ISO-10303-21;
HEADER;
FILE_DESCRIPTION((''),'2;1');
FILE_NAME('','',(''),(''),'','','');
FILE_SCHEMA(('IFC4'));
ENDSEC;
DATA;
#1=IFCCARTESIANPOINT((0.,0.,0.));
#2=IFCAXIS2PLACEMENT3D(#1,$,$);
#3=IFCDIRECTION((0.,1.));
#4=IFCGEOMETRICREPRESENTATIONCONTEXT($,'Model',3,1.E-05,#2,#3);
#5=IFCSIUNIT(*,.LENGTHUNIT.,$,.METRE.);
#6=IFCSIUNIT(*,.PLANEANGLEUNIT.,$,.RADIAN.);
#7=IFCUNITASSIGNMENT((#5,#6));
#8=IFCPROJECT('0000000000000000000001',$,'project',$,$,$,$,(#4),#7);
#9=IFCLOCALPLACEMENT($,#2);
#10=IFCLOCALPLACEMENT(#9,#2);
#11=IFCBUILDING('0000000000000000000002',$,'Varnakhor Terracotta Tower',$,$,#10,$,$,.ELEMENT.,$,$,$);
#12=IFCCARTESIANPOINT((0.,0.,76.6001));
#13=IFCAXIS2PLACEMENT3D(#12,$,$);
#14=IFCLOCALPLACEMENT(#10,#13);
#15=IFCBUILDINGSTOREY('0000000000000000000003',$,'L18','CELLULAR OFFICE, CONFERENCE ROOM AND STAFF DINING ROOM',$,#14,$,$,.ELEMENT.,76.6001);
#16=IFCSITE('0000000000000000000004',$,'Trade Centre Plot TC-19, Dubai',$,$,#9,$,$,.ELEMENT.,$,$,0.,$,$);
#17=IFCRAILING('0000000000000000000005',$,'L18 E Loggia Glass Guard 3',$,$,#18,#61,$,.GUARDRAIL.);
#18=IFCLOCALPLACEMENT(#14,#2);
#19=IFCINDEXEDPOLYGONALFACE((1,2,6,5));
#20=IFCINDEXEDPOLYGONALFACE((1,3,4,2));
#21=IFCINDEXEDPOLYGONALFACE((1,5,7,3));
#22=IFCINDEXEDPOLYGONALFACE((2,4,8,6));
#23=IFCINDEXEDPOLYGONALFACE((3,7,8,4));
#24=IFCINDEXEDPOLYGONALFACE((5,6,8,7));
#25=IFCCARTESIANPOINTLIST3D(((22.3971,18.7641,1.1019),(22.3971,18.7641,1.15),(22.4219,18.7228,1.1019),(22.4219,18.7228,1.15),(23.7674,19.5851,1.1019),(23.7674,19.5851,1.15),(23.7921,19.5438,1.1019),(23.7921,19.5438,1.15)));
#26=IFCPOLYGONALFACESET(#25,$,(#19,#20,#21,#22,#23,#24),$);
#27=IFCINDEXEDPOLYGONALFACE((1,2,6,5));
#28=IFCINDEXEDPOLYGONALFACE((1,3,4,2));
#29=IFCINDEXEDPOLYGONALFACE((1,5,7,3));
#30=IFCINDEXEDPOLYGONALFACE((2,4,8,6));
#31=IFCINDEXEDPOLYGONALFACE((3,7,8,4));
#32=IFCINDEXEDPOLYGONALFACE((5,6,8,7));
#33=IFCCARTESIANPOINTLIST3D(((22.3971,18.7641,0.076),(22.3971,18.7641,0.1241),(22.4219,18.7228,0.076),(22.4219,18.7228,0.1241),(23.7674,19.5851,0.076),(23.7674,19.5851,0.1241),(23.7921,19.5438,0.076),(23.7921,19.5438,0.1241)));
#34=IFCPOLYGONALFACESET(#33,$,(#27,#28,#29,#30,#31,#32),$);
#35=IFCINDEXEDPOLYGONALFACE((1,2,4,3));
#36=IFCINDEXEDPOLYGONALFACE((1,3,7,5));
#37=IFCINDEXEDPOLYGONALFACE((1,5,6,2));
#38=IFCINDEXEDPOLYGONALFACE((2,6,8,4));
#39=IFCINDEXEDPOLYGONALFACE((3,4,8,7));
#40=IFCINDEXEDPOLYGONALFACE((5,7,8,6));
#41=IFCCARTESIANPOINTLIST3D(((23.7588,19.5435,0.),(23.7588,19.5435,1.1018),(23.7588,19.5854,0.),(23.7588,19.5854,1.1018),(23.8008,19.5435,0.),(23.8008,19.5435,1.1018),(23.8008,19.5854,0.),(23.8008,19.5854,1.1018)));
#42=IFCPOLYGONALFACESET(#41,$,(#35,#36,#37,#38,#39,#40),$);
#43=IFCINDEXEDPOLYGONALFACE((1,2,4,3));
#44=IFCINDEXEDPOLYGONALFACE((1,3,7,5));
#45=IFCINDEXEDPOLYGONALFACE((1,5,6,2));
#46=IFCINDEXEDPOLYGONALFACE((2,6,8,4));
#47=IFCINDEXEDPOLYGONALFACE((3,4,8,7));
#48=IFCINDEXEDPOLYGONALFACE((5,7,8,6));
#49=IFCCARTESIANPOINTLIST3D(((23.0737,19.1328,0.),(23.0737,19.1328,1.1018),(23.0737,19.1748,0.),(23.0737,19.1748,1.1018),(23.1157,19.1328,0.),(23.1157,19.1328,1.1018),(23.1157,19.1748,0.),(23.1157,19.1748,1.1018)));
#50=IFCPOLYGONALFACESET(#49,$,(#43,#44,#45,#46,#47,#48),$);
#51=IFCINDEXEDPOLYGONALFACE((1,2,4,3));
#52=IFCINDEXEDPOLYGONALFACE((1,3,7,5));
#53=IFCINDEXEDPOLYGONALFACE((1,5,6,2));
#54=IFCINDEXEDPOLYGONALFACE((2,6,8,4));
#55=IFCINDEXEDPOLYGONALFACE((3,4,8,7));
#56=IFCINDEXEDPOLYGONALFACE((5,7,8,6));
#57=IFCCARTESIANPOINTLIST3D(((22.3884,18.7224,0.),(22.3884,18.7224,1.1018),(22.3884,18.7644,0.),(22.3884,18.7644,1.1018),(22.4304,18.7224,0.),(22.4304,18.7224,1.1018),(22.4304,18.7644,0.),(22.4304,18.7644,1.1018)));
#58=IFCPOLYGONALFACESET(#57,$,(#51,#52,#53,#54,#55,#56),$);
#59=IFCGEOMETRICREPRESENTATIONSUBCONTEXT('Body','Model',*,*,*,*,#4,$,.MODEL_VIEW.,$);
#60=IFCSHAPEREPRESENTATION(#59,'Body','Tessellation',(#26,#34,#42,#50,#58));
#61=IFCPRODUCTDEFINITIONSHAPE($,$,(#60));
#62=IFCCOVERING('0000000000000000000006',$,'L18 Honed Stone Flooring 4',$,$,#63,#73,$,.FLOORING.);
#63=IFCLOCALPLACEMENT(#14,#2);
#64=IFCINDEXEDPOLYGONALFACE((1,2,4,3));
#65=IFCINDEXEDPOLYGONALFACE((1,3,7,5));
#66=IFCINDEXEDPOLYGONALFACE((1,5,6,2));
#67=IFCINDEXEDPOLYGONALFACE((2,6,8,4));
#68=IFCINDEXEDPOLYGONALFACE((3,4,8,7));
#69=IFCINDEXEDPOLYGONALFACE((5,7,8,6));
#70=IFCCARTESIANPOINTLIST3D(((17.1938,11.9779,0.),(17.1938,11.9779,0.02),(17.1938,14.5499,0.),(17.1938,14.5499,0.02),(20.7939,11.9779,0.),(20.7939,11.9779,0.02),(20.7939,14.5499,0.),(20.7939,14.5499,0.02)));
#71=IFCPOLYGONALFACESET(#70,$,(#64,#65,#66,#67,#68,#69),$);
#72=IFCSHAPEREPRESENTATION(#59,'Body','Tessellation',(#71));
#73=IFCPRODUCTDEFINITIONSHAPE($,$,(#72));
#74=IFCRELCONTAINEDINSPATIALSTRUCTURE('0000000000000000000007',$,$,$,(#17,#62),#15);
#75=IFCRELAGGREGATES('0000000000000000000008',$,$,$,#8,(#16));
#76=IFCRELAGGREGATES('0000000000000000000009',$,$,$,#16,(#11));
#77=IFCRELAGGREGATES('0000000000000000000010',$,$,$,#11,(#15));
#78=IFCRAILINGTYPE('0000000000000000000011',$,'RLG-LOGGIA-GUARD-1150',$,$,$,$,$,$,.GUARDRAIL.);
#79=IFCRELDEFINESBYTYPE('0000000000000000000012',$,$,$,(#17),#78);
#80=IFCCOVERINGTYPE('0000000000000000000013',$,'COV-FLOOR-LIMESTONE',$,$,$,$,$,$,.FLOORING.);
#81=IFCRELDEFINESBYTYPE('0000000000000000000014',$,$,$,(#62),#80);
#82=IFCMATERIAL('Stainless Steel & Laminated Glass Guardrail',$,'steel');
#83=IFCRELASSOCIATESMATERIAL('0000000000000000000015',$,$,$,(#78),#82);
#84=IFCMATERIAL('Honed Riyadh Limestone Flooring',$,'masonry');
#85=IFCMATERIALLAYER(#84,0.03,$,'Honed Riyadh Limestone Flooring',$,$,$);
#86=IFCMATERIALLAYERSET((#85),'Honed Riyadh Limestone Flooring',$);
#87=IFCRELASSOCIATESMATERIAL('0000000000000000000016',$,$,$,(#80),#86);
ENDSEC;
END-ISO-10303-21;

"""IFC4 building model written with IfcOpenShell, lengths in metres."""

from ifc_helpers import new_model, si_unit, direction, frame, origin, origin_2d, place, context, subcontext, project, spatial, rectangle, extrude, source, transform, mapped, material, layer, layer_set, type_object, element, save


model = new_model("IFC4")

# Units and contexts
model_context = context("Model", 3, precision=1e-05, world=origin(), true_north=direction((0.0, 1.0)))
body_context = subcontext(model_context, "Body", "Model", "MODEL_VIEW")
ifc_project = project(units=[si_unit("LENGTHUNIT", "METRE"), si_unit("PLANEANGLEUNIT", "RADIAN")], contexts=[model_context])

# Site, building, storey
site_placement = place(None, origin())
site = spatial("IfcSite", under=ifc_project, at=site_placement, Name="Trade Centre Plot TC-19, Dubai", CompositionType="ELEMENT", RefElevation=0.0)
building_placement = place(site_placement, origin())
building = spatial("IfcBuilding", under=site, at=building_placement, Name="Varnakhor Terracotta Tower", CompositionType="ELEMENT")
storey_placement = place(building_placement, frame((0.0, 0.0, 76.6001)))
storey = spatial("IfcBuildingStorey", under=building, at=storey_placement, Name="L18", Description="CELLULAR OFFICE, CONFERENCE ROOM AND STAFF DINING ROOM", CompositionType="ELEMENT", Elevation=76.6001)

# Railing
ifc_material_1 = material(Name="Stainless Steel & Laminated Glass Guardrail", Category="steel")
railing_type = type_object("IfcRailingType", Name="RLG-LOGGIA-GUARD-1150", PredefinedType="GUARDRAIL", material=ifc_material_1)
railing_placement = place(storey_placement, frame((23.7798, 19.5645, 0.0)))
element("IfcRailing", 1, at=railing_placement, inside=storey, type_object=railing_type, Name="L18 E Loggia Glass Guard 3", PredefinedType="GUARDRAIL", context=body_context, shape_type="SweptSolid", body=[
    extrude(rectangle(XDim=0.0481, YDim=0.0481, at=origin_2d()), frame((0.0, 0.0, 1.126), z_axis=(-0.857816, -0.513956, 0.0), x_axis=(0.513956, -0.857816, 0.0)), (0.0, 0.0, 1.0), 1.5974),
    extrude(rectangle(XDim=0.0481, YDim=0.0481, at=origin_2d()), frame((0.0, 0.0, 0.1001), z_axis=(-0.857816, -0.513956, 0.0), x_axis=(0.513956, -0.857816, 0.0)), (0.0, 0.0, 1.0), 1.5974),
    extrude(rectangle(XDim=0.042, YDim=0.042, at=origin_2d()), origin(), (0.0, 0.0, 1.0), 1.1018),
    extrude(rectangle(XDim=0.042, YDim=0.042, at=origin_2d()), frame((-0.6851, -0.4106, 0.0)), (0.0, 0.0, 1.0), 1.1018),
    extrude(rectangle(XDim=0.042, YDim=0.042, at=origin_2d()), frame((-1.3704, -0.821, 0.0)), (0.0, 0.0, 1.0), 1.1018),
])

# Covering
ifc_material_2 = material(Name="Honed Riyadh Limestone Flooring", Category="masonry")
ifc_layer_1 = layer(ifc_material_2, 0.03, Name="Honed Riyadh Limestone Flooring")
ifc_layer_set_1 = layer_set([ifc_layer_1], Name="Honed Riyadh Limestone Flooring")
covering_type = type_object("IfcCoveringType", Name="COV-FLOOR-LIMESTONE", PredefinedType="FLOORING", material=ifc_layer_set_1)
shared_shape_1 = source(origin(), body_context, "Body", "SweptSolid", [
    extrude(rectangle(XDim=3.6001, YDim=2.572, at=origin_2d()), origin(), (0.0, 0.0, 1.0), 0.02),
])
covering_placement = place(storey_placement, frame((18.9939, 13.2639, 0.0), z_axis=(0.0, 0.0, 1.0), x_axis=(1.0, 0.0, 0.0)))
element("IfcCovering", 2, at=covering_placement, inside=storey, type_object=covering_type, Name="L18 Honed Stone Flooring 4", PredefinedType="FLOORING", context=body_context, shape_type="MappedRepresentation", body=[
    mapped(shared_shape_1, transform((0.0, 0.0, 0.0), scale=1.0)),
])

save(model, "model.ifc")
